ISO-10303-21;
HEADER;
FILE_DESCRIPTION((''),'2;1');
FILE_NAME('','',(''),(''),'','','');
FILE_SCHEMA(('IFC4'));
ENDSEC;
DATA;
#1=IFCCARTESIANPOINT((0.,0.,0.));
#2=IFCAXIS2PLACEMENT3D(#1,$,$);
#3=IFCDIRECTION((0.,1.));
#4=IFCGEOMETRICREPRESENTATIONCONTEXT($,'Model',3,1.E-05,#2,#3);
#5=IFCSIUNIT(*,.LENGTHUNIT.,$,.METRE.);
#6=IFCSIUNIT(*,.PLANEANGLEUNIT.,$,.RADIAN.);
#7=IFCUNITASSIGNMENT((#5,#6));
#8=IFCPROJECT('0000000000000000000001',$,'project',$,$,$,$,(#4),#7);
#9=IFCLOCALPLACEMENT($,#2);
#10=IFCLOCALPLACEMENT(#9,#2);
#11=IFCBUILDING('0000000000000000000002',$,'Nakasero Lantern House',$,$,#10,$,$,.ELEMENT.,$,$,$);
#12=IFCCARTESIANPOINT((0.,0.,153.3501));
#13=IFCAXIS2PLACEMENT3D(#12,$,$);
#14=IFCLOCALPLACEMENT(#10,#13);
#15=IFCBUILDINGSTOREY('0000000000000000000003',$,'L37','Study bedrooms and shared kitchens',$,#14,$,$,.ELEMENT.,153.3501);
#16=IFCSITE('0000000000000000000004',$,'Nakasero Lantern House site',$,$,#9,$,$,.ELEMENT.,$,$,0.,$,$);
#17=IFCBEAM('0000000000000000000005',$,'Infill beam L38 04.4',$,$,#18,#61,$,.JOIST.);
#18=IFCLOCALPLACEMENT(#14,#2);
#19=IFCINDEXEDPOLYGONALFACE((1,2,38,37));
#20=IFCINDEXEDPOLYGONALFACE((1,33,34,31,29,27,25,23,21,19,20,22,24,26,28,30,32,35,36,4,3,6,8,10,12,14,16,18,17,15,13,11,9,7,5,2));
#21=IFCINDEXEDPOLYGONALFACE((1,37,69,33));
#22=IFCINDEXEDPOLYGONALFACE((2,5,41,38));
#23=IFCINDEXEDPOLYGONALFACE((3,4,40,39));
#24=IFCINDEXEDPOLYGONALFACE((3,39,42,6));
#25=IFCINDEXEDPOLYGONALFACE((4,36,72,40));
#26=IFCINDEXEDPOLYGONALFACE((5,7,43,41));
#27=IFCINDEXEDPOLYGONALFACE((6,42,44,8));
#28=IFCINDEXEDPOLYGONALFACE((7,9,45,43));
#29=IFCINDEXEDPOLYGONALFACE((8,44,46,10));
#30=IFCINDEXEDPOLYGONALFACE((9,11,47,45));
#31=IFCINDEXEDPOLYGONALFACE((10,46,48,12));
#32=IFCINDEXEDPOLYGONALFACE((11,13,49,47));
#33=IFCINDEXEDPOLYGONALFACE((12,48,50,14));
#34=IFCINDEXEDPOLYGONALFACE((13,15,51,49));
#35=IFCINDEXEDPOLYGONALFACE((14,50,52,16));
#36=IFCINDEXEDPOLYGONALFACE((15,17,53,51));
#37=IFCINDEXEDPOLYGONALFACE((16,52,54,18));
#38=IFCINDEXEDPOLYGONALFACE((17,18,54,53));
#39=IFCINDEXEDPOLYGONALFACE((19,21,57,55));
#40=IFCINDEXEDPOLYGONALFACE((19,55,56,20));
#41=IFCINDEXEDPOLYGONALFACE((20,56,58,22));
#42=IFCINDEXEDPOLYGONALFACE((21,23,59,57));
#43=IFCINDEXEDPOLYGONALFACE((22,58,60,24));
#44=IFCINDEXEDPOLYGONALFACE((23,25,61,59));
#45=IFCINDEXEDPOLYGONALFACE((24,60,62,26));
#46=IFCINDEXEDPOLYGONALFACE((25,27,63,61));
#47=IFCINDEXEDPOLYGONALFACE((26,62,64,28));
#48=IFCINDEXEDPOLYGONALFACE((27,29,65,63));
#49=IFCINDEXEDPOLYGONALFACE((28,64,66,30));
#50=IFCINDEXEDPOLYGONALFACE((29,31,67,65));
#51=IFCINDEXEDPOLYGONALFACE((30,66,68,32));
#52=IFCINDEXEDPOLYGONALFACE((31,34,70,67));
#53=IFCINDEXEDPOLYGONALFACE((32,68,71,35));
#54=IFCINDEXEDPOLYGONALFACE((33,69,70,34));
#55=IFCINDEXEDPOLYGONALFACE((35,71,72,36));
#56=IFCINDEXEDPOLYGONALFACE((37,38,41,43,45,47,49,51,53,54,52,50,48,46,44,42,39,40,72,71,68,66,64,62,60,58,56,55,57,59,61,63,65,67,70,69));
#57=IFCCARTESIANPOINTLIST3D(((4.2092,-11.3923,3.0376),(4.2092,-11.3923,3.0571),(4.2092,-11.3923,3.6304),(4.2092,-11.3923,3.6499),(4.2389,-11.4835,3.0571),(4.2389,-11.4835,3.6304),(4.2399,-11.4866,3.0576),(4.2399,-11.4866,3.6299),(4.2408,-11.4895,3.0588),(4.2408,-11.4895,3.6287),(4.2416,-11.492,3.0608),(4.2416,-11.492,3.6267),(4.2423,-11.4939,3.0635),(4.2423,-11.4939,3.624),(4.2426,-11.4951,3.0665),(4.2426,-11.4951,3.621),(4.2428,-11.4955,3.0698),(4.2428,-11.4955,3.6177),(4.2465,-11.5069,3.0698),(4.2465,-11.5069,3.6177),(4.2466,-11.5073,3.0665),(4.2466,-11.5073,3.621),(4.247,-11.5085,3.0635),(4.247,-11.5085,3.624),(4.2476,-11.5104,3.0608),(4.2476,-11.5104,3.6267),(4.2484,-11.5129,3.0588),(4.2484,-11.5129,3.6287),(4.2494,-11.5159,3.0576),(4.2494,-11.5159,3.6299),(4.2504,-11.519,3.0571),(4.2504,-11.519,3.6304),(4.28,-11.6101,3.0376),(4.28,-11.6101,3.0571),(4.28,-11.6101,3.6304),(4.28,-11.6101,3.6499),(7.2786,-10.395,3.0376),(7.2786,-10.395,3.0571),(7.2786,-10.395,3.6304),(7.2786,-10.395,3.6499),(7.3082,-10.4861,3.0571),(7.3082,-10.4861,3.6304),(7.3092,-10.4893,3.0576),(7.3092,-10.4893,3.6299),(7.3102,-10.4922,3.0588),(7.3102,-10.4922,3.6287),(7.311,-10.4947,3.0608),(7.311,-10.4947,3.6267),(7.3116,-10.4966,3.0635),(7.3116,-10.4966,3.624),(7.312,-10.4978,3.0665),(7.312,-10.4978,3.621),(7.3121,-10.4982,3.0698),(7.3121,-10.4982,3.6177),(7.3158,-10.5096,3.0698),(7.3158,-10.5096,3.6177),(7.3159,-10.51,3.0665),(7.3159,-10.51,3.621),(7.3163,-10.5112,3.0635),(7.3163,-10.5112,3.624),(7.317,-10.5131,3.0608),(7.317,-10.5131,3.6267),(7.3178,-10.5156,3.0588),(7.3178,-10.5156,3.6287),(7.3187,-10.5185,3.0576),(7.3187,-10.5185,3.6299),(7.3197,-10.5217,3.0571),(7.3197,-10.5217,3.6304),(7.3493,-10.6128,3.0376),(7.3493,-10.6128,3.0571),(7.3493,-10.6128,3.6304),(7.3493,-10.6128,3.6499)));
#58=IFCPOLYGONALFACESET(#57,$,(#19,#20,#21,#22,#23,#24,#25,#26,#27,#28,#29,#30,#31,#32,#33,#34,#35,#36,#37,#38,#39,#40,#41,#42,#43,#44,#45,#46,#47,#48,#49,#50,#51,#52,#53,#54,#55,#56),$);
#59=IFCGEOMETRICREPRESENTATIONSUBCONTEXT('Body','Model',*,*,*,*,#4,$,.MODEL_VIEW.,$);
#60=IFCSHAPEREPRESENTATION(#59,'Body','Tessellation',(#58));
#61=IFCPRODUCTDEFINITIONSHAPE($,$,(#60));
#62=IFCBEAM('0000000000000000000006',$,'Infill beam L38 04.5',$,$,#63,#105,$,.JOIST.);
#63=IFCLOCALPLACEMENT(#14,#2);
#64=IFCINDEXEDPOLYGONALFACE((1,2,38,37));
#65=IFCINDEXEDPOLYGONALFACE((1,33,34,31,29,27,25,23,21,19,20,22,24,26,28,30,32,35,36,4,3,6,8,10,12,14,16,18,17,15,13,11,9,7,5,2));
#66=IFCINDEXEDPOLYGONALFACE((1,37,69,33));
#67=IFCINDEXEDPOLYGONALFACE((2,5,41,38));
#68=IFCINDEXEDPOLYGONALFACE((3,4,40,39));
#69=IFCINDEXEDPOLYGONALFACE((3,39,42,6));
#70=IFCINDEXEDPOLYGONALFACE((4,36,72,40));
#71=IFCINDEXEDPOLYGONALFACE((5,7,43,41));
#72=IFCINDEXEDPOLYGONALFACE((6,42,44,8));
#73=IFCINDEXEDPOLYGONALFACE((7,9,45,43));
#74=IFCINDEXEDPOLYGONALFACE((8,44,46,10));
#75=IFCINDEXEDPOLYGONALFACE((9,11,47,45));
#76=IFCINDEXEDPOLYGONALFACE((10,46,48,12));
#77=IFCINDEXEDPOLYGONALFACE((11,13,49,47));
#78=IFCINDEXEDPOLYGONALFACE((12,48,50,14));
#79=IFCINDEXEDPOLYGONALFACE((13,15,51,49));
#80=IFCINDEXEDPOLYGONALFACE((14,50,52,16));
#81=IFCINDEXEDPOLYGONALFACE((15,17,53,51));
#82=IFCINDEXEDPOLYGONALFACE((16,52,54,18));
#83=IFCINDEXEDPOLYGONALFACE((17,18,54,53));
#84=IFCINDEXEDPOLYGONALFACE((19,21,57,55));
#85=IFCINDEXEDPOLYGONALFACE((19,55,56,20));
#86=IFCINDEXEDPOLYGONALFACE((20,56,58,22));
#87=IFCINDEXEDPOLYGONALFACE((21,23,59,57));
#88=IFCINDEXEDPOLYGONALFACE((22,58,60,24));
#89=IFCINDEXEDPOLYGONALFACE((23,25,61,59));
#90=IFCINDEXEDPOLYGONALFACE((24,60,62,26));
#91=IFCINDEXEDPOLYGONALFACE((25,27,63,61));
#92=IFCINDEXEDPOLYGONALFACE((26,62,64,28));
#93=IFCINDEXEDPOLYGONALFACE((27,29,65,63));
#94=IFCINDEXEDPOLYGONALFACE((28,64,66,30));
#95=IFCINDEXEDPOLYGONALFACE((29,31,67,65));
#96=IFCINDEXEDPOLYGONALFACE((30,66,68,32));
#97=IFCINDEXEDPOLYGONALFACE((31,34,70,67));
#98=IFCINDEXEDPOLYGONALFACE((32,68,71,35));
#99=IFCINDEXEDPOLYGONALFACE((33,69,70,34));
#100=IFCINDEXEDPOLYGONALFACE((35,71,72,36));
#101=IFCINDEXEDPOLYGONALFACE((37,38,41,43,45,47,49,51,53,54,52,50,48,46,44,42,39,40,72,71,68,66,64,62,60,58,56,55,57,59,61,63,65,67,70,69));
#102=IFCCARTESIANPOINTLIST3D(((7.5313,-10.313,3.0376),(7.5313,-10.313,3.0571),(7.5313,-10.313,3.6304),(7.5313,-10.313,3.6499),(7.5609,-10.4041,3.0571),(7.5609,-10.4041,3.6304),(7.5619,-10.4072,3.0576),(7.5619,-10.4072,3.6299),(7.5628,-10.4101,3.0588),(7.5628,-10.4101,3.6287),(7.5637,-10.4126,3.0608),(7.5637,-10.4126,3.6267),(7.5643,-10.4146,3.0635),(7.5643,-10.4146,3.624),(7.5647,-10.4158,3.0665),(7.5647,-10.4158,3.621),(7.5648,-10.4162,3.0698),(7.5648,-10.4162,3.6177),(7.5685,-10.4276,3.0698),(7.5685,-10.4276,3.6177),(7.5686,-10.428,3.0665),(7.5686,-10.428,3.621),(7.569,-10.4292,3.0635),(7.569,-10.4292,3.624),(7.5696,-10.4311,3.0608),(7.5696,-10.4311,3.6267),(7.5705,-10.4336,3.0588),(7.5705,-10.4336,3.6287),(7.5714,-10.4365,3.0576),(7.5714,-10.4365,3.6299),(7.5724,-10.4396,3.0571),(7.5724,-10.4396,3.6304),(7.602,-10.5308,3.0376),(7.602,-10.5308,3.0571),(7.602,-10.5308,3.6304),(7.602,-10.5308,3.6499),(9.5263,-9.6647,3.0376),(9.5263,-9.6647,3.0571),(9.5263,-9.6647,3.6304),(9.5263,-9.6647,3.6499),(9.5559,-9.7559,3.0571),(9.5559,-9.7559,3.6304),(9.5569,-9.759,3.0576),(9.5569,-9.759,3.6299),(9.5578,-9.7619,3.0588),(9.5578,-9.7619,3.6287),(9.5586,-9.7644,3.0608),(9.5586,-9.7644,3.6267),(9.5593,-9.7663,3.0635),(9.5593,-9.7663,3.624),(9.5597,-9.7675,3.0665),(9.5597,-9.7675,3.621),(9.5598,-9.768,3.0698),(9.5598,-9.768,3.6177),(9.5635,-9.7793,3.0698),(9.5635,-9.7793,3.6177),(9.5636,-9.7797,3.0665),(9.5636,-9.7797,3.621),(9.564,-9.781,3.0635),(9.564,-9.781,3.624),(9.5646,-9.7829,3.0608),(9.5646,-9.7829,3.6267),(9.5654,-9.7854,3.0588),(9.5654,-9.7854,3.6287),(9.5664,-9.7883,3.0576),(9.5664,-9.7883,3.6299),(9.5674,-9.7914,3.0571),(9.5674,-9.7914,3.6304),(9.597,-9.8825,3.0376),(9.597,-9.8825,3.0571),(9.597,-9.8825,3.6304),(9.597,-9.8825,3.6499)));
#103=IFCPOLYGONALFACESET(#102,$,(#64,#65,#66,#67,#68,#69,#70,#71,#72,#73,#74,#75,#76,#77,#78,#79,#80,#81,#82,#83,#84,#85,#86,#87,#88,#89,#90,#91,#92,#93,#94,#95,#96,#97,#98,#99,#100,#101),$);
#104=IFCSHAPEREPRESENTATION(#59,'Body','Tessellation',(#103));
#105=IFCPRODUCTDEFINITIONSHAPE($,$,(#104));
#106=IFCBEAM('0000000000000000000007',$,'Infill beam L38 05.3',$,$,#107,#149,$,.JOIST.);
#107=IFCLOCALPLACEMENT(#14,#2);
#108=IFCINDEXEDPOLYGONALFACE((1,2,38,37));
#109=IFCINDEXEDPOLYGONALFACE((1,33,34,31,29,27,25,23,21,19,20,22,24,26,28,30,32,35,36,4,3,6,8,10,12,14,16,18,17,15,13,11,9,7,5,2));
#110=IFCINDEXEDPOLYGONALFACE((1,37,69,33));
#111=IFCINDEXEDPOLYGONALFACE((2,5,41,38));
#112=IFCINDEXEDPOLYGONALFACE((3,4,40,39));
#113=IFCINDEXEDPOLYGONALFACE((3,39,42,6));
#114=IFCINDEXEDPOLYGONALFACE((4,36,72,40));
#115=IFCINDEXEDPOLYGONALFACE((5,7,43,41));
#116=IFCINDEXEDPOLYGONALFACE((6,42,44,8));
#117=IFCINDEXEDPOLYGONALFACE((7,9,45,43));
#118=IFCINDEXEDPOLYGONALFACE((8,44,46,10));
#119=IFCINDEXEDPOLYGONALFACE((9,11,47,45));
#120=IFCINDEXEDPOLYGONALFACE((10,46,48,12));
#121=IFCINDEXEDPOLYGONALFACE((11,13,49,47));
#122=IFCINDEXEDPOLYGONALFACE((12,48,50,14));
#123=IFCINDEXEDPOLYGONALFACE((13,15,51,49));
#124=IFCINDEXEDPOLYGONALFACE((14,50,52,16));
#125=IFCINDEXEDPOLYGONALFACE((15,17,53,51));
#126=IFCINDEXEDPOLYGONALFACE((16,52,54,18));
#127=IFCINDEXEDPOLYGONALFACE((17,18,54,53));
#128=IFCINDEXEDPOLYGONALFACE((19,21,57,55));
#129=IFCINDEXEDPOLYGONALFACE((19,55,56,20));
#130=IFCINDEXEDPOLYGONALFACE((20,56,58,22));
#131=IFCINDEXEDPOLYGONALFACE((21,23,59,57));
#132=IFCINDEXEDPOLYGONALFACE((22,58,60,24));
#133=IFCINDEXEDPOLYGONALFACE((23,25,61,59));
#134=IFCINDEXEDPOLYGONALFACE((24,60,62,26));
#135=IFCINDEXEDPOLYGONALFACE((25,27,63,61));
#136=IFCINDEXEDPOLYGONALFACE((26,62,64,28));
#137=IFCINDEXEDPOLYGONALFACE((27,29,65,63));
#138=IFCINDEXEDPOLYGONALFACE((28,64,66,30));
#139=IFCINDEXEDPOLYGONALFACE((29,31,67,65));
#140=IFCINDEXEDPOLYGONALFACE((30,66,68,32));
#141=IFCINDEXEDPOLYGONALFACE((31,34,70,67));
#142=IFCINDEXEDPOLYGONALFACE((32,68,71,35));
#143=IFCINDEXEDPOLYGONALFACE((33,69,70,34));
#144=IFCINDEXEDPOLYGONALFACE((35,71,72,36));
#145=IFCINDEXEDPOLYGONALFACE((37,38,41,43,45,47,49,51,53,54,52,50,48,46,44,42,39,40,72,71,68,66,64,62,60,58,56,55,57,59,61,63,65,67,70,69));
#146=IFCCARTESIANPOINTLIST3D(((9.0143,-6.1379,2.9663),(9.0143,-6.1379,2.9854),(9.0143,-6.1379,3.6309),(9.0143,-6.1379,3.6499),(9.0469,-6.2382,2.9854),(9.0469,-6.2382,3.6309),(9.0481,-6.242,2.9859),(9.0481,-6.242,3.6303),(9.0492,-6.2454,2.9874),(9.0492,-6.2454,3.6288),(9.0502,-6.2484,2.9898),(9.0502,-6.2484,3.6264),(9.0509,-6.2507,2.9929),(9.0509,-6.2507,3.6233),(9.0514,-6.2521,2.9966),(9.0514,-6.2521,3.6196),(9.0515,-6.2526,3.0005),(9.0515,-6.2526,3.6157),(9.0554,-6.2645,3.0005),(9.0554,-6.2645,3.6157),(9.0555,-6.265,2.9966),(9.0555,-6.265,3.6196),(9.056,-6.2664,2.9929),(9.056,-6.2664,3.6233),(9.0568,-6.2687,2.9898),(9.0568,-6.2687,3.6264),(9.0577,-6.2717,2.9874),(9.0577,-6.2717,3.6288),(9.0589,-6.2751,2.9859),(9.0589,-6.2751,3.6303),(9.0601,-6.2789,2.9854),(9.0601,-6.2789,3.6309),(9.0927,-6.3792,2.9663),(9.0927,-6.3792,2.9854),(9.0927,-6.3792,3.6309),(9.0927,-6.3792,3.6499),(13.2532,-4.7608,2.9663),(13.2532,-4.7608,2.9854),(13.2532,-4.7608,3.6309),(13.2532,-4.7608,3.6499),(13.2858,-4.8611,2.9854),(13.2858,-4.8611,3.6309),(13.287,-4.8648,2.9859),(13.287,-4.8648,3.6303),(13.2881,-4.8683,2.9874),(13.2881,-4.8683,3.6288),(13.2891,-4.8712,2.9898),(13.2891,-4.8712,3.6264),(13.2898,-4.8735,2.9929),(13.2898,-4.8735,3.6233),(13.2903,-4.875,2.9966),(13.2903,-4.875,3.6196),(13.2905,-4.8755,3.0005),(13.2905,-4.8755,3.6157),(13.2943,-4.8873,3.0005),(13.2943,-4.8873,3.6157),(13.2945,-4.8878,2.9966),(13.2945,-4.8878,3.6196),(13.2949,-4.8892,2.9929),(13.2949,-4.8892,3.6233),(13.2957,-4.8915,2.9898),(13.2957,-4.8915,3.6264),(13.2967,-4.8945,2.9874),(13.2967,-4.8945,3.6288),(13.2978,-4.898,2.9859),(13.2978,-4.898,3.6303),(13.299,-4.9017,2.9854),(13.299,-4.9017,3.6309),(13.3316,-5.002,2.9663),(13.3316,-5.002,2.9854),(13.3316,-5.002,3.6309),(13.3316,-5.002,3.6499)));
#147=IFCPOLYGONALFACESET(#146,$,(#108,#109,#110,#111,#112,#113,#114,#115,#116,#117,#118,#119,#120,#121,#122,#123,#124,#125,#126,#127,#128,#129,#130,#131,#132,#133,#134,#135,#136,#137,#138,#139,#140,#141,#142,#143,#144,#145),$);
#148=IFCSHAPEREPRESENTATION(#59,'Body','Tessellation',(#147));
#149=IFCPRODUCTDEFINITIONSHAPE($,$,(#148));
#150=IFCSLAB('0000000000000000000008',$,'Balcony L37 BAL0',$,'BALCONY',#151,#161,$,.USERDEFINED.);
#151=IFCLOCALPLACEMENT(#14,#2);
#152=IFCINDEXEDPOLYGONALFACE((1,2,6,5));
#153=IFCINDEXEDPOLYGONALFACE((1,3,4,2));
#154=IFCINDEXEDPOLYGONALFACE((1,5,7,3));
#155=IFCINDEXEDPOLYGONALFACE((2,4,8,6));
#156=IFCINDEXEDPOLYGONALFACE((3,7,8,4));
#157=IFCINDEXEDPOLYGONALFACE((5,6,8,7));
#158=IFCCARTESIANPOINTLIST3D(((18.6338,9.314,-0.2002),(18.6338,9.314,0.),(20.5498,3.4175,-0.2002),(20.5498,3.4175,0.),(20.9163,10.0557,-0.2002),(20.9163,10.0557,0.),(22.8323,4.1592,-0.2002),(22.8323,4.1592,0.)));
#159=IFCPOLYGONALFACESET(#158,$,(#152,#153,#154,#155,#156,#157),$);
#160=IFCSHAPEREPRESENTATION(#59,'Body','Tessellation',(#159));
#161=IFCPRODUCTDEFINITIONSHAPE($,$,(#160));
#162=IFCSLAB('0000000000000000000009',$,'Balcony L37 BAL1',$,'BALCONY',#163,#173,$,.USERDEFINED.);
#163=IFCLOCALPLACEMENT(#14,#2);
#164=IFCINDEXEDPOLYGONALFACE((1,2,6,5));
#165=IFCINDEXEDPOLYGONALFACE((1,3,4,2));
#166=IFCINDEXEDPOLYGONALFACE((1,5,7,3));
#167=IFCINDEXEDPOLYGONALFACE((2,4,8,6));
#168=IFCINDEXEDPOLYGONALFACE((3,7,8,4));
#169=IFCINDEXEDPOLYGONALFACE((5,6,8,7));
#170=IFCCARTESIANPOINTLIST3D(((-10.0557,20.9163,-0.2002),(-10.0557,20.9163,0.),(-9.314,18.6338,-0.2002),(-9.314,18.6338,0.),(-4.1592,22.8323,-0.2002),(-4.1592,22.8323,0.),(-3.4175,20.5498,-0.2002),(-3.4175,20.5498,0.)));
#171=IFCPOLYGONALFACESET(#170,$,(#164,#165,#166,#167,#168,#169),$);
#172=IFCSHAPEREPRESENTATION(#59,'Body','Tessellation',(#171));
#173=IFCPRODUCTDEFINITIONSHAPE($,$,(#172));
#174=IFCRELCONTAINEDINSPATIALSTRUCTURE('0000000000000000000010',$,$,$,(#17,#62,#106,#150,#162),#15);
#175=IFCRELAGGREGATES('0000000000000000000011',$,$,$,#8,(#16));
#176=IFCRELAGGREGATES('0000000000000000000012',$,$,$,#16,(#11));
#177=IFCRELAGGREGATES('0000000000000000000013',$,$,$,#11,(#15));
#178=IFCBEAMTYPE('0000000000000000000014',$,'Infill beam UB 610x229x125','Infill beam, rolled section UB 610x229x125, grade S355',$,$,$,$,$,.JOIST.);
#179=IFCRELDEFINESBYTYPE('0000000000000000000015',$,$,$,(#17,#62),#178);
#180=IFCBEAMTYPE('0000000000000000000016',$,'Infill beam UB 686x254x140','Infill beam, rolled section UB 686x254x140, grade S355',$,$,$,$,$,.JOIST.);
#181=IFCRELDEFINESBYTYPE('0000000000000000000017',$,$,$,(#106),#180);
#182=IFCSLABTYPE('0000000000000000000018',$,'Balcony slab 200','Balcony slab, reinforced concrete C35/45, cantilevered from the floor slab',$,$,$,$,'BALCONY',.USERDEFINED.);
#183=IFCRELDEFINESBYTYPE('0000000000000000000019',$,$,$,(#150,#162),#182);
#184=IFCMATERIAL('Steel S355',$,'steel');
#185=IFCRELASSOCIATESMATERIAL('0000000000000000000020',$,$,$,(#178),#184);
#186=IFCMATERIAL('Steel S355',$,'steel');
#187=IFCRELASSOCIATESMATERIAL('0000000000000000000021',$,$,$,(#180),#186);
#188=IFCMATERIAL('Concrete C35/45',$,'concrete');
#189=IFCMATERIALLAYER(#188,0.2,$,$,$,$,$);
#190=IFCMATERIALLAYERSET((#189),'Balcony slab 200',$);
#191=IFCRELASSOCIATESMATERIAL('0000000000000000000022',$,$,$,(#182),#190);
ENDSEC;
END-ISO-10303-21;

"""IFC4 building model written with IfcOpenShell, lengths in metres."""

from ifc_helpers import new_model, si_unit, direction, frame, origin, origin_2d, place, context, subcontext, project, spatial, polyline, i_section, outline, extrude, material, layer, layer_set, material_profile, profile_set, type_object, element, save


model = new_model("IFC4")

# Units and contexts
model_context = context("Model", 3, precision=1e-05, world=origin(), true_north=direction((0.0, 1.0)))
body_context = subcontext(model_context, "Body", "Model", "MODEL_VIEW")
ifc_project = project(units=[si_unit("LENGTHUNIT", "METRE"), si_unit("PLANEANGLEUNIT", "RADIAN")], contexts=[model_context])

# Site, building, storey
site_placement = place(None, origin())
site = spatial("IfcSite", under=ifc_project, at=site_placement, Name="Nakasero Lantern House site", CompositionType="ELEMENT", RefElevation=0.0)
building_placement = place(site_placement, origin())
building = spatial("IfcBuilding", under=site, at=building_placement, Name="Nakasero Lantern House", CompositionType="ELEMENT")
storey_placement = place(building_placement, frame((0.0, 0.0, 153.3501)))
storey = spatial("IfcBuildingStorey", under=building, at=storey_placement, Name="L37", Description="Study bedrooms and shared kitchens", CompositionType="ELEMENT", Elevation=153.3501)

# Beams
ifc_material_1 = material(Name="Steel S355", Category="steel")
ifc_material_profile_1 = material_profile(ifc_material_1, i_section(OverallWidth=0.229, OverallDepth=0.6123, WebThickness=0.012, FlangeThickness=0.0195, FilletRadius=0.0127, at=origin_2d()), Name="UB 610x229x125")
ifc_profile_set_1 = profile_set([ifc_material_profile_1], Name="Steel S355")
beam_type_1 = type_object("IfcBeamType", Name="Infill beam UB 610x229x125", Description="Infill beam, rolled section UB 610x229x125, grade S355", PredefinedType="JOIST", material=ifc_profile_set_1)
beam_1_placement = place(storey_placement, frame((4.2446, -11.5012, 3.3438), z_axis=(0.951054, 0.309024, 0.0), x_axis=(-0.309024, 0.951054, 0.0)))
element("IfcBeam", 1, at=beam_1_placement, inside=storey, type_object=beam_type_1, Name="Infill beam L38 04.4", PredefinedType="JOIST", context=body_context, shape_type="SweptSolid", body=[
    extrude(i_section(OverallWidth=0.229, OverallDepth=0.6123, WebThickness=0.012, FlangeThickness=0.0195, FilletRadius=0.0127, at=origin_2d()), origin(), (0.0, 0.0, 1.0), 3.2273),
])
beam_2_placement = place(storey_placement, frame((7.5667, -10.4219, 3.3438), z_axis=(0.951054, 0.309026, 0.0), x_axis=(-0.309026, 0.951054, 0.0)))
element("IfcBeam", 2, at=beam_2_placement, inside=storey, type_object=beam_type_1, Name="Infill beam L38 04.5", PredefinedType="JOIST", context=body_context, shape_type="SweptSolid", body=[
    extrude(i_section(OverallWidth=0.229, OverallDepth=0.6123, WebThickness=0.012, FlangeThickness=0.0195, FilletRadius=0.0127, at=origin_2d()), origin(), (0.0, 0.0, 1.0), 2.0977),
])
ifc_material_2 = material(Name="Steel S355", Category="steel")
ifc_material_profile_2 = material_profile(ifc_material_2, i_section(OverallWidth=0.2537, OverallDepth=0.6836, WebThickness=0.0125, FlangeThickness=0.019, FilletRadius=0.0151, at=origin_2d()), Name="UB 686x254x140")
ifc_profile_set_2 = profile_set([ifc_material_profile_2], Name="Steel S355")
beam_type_2 = type_object("IfcBeamType", Name="Infill beam UB 686x254x140", Description="Infill beam, rolled section UB 686x254x140, grade S355", PredefinedType="JOIST", material=ifc_profile_set_2)
beam_3_placement = place(storey_placement, frame((9.0535, -6.2585, 3.3081), z_axis=(0.951066, 0.308988, 0.0), x_axis=(-0.308988, 0.951066, 0.0)))
element("IfcBeam", 3, at=beam_3_placement, inside=storey, type_object=beam_type_2, Name="Infill beam L38 05.3", PredefinedType="JOIST", context=body_context, shape_type="SweptSolid", body=[
    extrude(i_section(OverallWidth=0.2537, OverallDepth=0.6836, WebThickness=0.0125, FlangeThickness=0.019, FilletRadius=0.0151, at=origin_2d()), origin(), (0.0, 0.0, 1.0), 4.457),
])

# Slabs
ifc_material_3 = material(Name="Concrete C35/45", Category="concrete")
ifc_layer_1 = layer(ifc_material_3, 0.2)
ifc_layer_set_1 = layer_set([ifc_layer_1], Name="Balcony slab 200")
slab_type_1 = type_object("IfcSlabType", Name="Balcony slab 200", Description="Balcony slab, reinforced concrete C35/45, cantilevered from the floor slab", ElementType="BALCONY", PredefinedType="USERDEFINED", material=ifc_layer_set_1)
slab_1_placement = place(storey_placement, frame((0.0, 0.0, -0.2002)))
element("IfcSlab", 4, at=slab_1_placement, inside=storey, type_object=slab_type_1, Name="Balcony L37 BAL0", ObjectType="BALCONY", PredefinedType="USERDEFINED", context=body_context, shape_type="SweptSolid", body=[
    extrude(outline(polyline([(20.5498, 3.4175), (22.8323, 4.1592), (20.9163, 10.0557), (18.6338, 9.314), (20.5498, 3.4175)])), origin(), (0.0, 0.0, 1.0), 0.2002),
])
slab_2_placement = place(storey_placement, frame((0.0, 0.0, -0.2002)))
element("IfcSlab", 5, at=slab_2_placement, inside=storey, type_object=slab_type_1, Name="Balcony L37 BAL1", ObjectType="BALCONY", PredefinedType="USERDEFINED", context=body_context, shape_type="SweptSolid", body=[
    extrude(outline(polyline([(-3.4175, 20.5498), (-4.1592, 22.8323), (-10.0557, 20.9163), (-9.314, 18.6338), (-3.4175, 20.5498)])), origin(), (0.0, 0.0, 1.0), 0.2002),
])

save(model, "model.ifc")
